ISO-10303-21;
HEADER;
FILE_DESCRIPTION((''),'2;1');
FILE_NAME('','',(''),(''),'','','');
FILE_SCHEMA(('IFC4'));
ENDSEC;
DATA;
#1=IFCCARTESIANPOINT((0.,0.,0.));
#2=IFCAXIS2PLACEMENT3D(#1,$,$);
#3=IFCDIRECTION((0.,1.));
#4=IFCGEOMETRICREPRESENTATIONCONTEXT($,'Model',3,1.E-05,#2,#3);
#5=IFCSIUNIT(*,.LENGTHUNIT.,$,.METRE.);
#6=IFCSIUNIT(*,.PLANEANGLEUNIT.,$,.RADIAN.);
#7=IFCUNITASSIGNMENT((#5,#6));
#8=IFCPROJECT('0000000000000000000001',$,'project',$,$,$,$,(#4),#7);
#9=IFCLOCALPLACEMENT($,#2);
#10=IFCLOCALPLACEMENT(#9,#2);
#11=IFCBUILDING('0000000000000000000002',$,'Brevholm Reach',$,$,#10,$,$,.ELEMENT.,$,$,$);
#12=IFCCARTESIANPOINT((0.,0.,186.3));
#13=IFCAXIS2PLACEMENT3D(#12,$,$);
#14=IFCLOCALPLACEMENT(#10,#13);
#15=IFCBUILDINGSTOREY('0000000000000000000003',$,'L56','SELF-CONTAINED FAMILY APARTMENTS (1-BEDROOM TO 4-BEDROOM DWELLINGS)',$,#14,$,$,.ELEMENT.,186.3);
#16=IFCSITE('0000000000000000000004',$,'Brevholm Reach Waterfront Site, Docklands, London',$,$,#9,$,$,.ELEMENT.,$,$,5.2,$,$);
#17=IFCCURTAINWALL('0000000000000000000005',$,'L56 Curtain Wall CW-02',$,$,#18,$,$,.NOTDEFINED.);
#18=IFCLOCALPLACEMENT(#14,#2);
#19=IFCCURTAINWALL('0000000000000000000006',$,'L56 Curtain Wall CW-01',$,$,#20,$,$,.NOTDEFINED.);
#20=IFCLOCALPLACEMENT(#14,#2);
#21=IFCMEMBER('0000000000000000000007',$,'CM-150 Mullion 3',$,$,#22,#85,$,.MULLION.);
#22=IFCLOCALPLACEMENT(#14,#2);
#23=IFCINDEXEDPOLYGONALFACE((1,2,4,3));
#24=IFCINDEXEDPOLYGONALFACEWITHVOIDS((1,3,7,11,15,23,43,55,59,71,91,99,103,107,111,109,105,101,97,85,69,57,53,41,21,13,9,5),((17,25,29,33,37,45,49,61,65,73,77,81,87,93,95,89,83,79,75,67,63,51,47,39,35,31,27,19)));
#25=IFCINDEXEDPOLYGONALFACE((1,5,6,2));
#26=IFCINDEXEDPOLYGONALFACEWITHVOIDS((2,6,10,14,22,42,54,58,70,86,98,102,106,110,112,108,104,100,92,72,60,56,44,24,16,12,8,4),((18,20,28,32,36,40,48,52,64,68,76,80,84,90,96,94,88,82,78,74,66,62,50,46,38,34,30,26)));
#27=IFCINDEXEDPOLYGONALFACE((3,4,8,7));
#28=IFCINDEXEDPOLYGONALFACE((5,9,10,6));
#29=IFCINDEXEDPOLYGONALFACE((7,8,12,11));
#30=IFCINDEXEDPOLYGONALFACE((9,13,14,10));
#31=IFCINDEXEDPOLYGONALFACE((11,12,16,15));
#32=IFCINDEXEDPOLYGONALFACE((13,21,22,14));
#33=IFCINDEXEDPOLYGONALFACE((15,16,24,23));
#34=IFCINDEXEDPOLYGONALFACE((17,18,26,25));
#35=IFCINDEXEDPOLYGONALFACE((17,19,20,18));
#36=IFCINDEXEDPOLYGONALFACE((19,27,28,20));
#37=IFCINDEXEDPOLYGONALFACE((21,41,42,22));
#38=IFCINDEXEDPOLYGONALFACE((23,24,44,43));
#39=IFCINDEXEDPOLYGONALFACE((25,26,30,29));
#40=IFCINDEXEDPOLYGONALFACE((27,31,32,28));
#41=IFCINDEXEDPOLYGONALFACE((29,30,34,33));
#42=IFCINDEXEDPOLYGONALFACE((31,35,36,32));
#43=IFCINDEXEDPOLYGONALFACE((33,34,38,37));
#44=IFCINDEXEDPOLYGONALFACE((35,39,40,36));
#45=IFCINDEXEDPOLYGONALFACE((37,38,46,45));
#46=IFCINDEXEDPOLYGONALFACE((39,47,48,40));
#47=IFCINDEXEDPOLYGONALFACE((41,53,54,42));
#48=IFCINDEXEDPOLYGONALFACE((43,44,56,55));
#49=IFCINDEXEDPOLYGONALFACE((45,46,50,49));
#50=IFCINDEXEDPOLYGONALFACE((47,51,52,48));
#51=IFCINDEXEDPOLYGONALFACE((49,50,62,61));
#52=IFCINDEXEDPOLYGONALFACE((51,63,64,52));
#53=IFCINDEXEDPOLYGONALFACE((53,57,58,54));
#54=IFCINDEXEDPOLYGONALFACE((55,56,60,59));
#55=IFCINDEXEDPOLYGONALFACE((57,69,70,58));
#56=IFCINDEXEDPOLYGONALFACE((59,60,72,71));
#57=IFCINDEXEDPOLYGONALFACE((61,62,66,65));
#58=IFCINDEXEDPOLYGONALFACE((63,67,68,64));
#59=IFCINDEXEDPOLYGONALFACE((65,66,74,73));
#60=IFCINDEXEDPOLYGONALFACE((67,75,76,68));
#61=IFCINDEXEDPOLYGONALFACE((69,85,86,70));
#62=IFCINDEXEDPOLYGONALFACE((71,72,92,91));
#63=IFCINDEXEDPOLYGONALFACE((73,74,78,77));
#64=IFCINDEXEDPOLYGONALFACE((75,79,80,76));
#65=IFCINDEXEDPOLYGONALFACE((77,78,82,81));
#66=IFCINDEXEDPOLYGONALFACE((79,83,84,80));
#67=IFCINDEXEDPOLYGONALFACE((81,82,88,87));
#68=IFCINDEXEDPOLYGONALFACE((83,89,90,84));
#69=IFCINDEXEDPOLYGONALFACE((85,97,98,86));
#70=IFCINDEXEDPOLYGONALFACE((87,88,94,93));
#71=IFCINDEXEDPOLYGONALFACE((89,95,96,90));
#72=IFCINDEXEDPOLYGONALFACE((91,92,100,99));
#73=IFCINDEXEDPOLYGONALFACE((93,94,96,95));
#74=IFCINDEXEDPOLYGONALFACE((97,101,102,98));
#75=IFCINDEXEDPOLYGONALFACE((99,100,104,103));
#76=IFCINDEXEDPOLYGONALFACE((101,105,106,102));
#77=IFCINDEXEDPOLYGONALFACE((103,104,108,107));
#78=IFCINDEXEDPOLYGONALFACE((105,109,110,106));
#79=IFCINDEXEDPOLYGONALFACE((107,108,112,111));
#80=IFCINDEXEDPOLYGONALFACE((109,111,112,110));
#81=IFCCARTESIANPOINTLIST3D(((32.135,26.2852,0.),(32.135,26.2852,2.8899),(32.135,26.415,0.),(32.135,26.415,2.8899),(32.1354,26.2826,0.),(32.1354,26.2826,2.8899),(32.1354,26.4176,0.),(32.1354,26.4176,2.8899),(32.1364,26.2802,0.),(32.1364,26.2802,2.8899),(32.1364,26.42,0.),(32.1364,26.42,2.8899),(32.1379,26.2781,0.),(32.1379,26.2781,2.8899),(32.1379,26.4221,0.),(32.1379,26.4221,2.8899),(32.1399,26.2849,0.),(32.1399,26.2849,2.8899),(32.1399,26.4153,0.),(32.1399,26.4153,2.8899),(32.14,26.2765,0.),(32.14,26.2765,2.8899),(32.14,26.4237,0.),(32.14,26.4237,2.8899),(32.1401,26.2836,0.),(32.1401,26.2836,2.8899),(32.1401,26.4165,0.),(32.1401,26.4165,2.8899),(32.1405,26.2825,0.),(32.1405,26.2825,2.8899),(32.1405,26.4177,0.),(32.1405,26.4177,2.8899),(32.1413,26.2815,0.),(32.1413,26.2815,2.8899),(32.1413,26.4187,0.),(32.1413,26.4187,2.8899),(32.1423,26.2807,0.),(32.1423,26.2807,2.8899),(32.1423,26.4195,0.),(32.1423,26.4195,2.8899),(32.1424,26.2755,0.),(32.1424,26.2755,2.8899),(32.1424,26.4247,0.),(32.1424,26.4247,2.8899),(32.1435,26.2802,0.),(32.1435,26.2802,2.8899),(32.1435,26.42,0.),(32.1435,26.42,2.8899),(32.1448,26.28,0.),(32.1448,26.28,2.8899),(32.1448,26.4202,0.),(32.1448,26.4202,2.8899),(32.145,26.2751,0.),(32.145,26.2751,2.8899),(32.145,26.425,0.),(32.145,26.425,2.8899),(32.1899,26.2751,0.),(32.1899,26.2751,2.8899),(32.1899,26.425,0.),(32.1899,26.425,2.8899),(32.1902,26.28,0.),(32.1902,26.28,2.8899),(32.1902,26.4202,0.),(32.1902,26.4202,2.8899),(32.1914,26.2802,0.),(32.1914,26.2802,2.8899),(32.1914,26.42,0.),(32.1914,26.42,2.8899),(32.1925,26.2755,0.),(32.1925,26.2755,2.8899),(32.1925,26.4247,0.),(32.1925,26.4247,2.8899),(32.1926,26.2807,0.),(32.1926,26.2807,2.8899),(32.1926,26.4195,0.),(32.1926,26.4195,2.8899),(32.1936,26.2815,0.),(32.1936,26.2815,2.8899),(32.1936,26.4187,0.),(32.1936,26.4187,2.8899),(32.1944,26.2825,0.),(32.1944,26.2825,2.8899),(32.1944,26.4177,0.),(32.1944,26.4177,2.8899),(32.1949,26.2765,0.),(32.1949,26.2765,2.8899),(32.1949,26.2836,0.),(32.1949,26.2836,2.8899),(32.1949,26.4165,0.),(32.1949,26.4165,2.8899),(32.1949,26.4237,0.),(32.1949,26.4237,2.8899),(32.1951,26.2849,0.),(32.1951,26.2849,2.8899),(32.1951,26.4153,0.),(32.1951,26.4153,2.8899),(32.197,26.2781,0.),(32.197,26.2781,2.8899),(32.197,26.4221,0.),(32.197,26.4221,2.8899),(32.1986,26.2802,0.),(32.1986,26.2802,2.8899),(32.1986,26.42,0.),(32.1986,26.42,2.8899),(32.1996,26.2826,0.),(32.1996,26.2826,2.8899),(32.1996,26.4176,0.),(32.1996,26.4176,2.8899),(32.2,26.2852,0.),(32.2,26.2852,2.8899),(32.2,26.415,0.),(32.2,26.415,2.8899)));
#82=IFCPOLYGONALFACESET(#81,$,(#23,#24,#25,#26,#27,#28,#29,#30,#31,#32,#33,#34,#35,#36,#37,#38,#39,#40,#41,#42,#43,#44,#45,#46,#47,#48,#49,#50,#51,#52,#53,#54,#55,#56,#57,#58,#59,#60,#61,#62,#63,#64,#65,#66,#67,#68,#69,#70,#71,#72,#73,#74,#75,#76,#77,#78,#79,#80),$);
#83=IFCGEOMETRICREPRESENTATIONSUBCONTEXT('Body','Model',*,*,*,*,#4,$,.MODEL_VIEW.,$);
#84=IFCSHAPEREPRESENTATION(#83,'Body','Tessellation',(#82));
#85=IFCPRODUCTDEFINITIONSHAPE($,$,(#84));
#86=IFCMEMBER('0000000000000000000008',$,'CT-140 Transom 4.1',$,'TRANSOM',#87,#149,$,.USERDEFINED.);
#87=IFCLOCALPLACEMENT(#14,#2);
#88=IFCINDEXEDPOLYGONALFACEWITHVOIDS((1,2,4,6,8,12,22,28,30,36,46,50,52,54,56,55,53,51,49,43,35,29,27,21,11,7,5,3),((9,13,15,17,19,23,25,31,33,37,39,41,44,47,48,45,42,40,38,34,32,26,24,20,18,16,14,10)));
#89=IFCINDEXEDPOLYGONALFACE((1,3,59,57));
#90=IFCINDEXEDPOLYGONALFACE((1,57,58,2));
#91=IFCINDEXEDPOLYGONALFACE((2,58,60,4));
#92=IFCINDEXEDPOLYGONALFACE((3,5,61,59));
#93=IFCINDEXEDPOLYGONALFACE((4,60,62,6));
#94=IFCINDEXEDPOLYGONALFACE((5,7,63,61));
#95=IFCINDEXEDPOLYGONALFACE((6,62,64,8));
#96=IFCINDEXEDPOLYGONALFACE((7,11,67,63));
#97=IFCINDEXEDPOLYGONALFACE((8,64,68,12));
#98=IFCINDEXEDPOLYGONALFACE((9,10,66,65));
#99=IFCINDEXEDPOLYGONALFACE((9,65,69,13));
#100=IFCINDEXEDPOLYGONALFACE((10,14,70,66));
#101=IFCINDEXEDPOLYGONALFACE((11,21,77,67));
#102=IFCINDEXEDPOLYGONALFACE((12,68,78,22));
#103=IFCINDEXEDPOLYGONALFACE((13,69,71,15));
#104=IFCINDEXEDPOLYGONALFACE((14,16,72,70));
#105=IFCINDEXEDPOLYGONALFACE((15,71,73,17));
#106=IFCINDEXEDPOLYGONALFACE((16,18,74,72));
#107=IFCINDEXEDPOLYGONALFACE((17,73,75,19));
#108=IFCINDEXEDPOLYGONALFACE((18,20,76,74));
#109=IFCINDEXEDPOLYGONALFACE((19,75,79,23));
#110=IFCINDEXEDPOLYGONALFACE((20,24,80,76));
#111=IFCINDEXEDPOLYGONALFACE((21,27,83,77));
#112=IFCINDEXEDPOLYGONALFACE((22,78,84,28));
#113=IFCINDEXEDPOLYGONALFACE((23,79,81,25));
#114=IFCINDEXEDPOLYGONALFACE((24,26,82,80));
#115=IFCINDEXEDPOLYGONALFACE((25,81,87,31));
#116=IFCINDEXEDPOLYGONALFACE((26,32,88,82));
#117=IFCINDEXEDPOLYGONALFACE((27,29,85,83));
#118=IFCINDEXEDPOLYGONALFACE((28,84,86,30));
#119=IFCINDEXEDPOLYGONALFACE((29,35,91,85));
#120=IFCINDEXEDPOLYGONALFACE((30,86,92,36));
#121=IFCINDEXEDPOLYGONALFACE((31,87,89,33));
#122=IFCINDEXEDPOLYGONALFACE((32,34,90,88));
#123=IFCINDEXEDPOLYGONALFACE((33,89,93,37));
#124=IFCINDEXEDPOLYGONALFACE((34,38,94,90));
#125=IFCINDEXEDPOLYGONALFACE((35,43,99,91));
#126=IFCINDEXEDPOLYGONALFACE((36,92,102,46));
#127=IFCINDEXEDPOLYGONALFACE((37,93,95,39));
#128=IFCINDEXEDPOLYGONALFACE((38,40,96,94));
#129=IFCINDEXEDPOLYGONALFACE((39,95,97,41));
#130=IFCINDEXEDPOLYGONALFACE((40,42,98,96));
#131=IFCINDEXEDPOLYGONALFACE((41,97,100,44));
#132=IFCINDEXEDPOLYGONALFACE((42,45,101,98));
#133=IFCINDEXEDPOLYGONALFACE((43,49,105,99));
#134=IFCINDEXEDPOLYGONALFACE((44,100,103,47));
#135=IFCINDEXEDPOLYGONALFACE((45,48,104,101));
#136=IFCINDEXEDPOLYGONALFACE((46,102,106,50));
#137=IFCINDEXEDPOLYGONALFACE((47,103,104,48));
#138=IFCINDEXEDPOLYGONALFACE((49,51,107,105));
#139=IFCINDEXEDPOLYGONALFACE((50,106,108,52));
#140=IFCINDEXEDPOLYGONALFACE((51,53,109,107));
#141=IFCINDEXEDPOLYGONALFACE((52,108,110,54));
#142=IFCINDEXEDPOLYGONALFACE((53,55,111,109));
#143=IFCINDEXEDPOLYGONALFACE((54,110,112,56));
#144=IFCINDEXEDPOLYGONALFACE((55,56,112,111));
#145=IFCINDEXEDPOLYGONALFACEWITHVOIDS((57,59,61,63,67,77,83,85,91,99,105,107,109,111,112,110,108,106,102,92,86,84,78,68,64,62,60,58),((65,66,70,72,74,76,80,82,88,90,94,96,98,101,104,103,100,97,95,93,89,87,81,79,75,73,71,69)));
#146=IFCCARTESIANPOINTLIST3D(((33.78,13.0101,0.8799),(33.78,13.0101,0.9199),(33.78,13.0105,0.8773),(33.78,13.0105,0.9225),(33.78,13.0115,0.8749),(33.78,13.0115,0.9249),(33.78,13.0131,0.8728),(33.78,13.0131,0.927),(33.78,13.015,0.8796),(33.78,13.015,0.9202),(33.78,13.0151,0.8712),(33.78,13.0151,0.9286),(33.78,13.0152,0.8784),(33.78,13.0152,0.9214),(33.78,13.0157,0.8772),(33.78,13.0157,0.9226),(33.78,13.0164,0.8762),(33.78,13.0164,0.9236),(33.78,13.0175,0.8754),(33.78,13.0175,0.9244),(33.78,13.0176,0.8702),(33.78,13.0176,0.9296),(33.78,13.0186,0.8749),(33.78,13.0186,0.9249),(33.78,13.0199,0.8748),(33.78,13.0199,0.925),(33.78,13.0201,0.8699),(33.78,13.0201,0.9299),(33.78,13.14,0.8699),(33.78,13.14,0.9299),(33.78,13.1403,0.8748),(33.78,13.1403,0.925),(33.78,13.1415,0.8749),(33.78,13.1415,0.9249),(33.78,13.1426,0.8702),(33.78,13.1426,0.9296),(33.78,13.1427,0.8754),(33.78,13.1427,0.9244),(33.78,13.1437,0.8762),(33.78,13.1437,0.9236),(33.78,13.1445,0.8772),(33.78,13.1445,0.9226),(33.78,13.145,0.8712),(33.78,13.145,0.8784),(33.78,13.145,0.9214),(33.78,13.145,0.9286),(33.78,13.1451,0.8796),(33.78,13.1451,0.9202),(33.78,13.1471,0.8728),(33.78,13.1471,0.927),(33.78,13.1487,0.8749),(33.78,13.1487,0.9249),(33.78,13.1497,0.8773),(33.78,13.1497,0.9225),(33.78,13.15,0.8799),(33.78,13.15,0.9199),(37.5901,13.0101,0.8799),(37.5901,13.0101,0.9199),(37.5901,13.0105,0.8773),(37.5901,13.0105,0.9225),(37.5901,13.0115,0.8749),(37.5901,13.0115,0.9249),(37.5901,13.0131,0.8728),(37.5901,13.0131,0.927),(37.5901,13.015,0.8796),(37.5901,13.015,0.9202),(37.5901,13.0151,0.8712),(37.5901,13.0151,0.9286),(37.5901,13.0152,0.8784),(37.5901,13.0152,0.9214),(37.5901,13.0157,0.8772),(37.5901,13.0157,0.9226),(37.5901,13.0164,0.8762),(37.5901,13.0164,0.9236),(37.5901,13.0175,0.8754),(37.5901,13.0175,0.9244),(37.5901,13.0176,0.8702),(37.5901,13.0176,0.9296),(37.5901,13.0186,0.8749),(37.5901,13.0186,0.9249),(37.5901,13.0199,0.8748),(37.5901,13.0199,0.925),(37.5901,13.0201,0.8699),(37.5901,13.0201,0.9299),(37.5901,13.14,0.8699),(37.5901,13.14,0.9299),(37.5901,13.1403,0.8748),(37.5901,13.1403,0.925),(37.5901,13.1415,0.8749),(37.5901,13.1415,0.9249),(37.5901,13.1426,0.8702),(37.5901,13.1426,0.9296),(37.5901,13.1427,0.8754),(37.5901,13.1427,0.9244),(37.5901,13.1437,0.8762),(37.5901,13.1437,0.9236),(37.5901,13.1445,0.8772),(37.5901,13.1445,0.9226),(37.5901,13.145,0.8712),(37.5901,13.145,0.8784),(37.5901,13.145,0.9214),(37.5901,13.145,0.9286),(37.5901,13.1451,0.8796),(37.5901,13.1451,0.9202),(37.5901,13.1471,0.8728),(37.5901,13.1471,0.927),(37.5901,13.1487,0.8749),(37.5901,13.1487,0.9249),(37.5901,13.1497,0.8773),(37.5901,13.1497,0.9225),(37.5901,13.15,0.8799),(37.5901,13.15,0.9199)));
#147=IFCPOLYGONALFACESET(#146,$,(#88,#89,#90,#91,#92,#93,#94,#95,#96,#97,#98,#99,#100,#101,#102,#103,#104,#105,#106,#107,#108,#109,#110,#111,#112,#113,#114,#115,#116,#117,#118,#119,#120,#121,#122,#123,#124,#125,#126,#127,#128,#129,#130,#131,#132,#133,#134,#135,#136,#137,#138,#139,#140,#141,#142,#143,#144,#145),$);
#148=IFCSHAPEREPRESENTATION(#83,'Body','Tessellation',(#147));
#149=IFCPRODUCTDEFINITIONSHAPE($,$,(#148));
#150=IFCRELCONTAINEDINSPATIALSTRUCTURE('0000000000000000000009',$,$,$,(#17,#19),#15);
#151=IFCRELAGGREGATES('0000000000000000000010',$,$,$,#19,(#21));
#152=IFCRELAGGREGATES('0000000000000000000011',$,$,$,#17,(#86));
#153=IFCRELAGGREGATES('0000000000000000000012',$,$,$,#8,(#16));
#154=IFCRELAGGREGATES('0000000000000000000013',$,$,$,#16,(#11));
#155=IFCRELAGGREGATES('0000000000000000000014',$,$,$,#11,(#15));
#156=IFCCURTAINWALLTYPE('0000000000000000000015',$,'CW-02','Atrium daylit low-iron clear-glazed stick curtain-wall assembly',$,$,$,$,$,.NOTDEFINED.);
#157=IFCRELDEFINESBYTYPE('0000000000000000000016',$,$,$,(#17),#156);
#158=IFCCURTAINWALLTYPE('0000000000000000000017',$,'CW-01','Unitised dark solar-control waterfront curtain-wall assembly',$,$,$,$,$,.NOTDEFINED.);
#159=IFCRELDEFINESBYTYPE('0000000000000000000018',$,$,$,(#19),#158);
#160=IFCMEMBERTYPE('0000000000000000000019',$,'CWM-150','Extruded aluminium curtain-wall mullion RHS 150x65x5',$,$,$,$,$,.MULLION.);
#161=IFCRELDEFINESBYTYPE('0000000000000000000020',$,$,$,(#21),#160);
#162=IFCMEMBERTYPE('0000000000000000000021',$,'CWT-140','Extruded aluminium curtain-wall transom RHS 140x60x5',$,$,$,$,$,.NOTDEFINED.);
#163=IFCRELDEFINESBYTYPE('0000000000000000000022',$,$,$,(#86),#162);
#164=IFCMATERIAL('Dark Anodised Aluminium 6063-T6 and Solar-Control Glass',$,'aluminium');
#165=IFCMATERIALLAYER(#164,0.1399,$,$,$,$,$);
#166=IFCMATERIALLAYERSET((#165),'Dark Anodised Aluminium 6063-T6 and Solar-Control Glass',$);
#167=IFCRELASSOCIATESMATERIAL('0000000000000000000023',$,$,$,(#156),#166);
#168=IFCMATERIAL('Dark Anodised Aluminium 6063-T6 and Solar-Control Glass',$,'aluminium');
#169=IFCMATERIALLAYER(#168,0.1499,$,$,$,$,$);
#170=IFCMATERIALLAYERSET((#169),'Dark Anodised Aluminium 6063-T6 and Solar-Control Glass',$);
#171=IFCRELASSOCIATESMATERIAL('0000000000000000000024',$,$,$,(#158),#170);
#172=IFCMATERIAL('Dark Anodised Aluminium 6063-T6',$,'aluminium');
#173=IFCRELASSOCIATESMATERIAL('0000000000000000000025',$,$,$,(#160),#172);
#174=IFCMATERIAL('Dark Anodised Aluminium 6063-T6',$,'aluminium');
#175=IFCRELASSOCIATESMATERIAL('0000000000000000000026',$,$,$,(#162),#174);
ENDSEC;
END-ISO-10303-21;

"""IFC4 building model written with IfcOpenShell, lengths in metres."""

from ifc_helpers import new_model, si_unit, direction, frame, origin, origin_2d, place, context, subcontext, project, spatial, hollow_rectangle, extrude, material, layer, layer_set, material_profile, profile_set, type_object, element, aggregate, save


model = new_model("IFC4")

# Units and contexts
model_context = context("Model", 3, precision=1e-05, world=origin(), true_north=direction((0.0, 1.0)))
body_context = subcontext(model_context, "Body", "Model", "MODEL_VIEW")
ifc_project = project(units=[si_unit("LENGTHUNIT", "METRE"), si_unit("PLANEANGLEUNIT", "RADIAN")], contexts=[model_context])

# Site, building, storey
site_placement = place(None, origin())
site = spatial("IfcSite", under=ifc_project, at=site_placement, Name="Brevholm Reach Waterfront Site, Docklands, London", CompositionType="ELEMENT", RefElevation=5.2)
building_placement = place(site_placement, origin())
building = spatial("IfcBuilding", under=site, at=building_placement, Name="Brevholm Reach", CompositionType="ELEMENT")
storey_placement = place(building_placement, frame((0.0, 0.0, 186.3)))
storey = spatial("IfcBuildingStorey", under=building, at=storey_placement, Name="L56", Description="SELF-CONTAINED FAMILY APARTMENTS (1-BEDROOM TO 4-BEDROOM DWELLINGS)", CompositionType="ELEMENT", Elevation=186.3)

# Curtain walls, member
ifc_material_1 = material(Name="Dark Anodised Aluminium 6063-T6 and Solar-Control Glass", Category="aluminium")
ifc_layer_1 = layer(ifc_material_1, 0.1399)
ifc_layer_set_1 = layer_set([ifc_layer_1], Name="Dark Anodised Aluminium 6063-T6 and Solar-Control Glass")
curtain_wall_type_1 = type_object("IfcCurtainWallType", Name="CW-02", Description="Atrium daylit low-iron clear-glazed stick curtain-wall assembly", PredefinedType="NOTDEFINED", material=ifc_layer_set_1)
curtain_wall_1_placement = place(storey_placement, origin())
curtain_wall_1 = element("IfcCurtainWall", 1, at=curtain_wall_1_placement, inside=storey, type_object=curtain_wall_type_1, Name="L56 Curtain Wall CW-02", PredefinedType="NOTDEFINED")
ifc_material_2 = material(Name="Dark Anodised Aluminium 6063-T6 and Solar-Control Glass", Category="aluminium")
ifc_layer_2 = layer(ifc_material_2, 0.1499)
ifc_layer_set_2 = layer_set([ifc_layer_2], Name="Dark Anodised Aluminium 6063-T6 and Solar-Control Glass")
curtain_wall_type_2 = type_object("IfcCurtainWallType", Name="CW-01", Description="Unitised dark solar-control waterfront curtain-wall assembly", PredefinedType="NOTDEFINED", material=ifc_layer_set_2)
curtain_wall_2_placement = place(storey_placement, origin())
curtain_wall_2 = element("IfcCurtainWall", 2, at=curtain_wall_2_placement, inside=storey, type_object=curtain_wall_type_2, Name="L56 Curtain Wall CW-01", PredefinedType="NOTDEFINED")
ifc_material_3 = material(Name="Dark Anodised Aluminium 6063-T6", Category="aluminium")
ifc_material_profile_1 = material_profile(ifc_material_3, hollow_rectangle(XDim=0.0649, YDim=0.1499, WallThickness=0.0049, InnerFilletRadius=0.0049, OuterFilletRadius=0.01, at=origin_2d()), Name="RHS 150x65x5")
ifc_profile_set_1 = profile_set([ifc_material_profile_1], Name="Dark Anodised Aluminium 6063-T6")
member_type_1 = type_object("IfcMemberType", Name="CWM-150", Description="Extruded aluminium curtain-wall mullion RHS 150x65x5", PredefinedType="MULLION", material=ifc_profile_set_1)
member_1_placement = place(storey_placement, frame((32.1675, 26.3501, 0.0), z_axis=(0.0, 0.0, 1.0), x_axis=(1.0, 0.0, 0.0)))
member_1 = element("IfcMember", 3, at=member_1_placement, type_object=member_type_1, Name="CM-150 Mullion 3", PredefinedType="MULLION", context=body_context, shape_type="SweptSolid", body=[
    extrude(hollow_rectangle(XDim=0.0649, YDim=0.1499, WallThickness=0.0049, InnerFilletRadius=0.0049, OuterFilletRadius=0.01, at=origin_2d()), origin(), (0.0, 0.0, 1.0), 2.8899),
])

# Member
ifc_material_4 = material(Name="Dark Anodised Aluminium 6063-T6", Category="aluminium")
ifc_material_profile_2 = material_profile(ifc_material_4, hollow_rectangle(XDim=0.0601, YDim=0.1399, WallThickness=0.0049, InnerFilletRadius=0.0049, OuterFilletRadius=0.01, at=origin_2d()), Name="RHS 140x60x5")
ifc_profile_set_2 = profile_set([ifc_material_profile_2], Name="Dark Anodised Aluminium 6063-T6")
member_type_2 = type_object("IfcMemberType", Name="CWT-140", Description="Extruded aluminium curtain-wall transom RHS 140x60x5", PredefinedType="NOTDEFINED", material=ifc_profile_set_2)
member_2_placement = place(storey_placement, frame((33.78, 13.0801, 0.8999), z_axis=(1.0, 0.0, 0.0), x_axis=(0.0, 0.0, 1.0)))
member_2 = element("IfcMember", 4, at=member_2_placement, type_object=member_type_2, Name="CT-140 Transom 4.1", ObjectType="TRANSOM", PredefinedType="USERDEFINED", context=body_context, shape_type="SweptSolid", body=[
    extrude(hollow_rectangle(XDim=0.0601, YDim=0.1399, WallThickness=0.0049, InnerFilletRadius=0.0049, OuterFilletRadius=0.01, at=origin_2d()), origin(), (0.0, 0.0, 1.0), 3.8101),
])

aggregate(curtain_wall_2, [member_1])
aggregate(curtain_wall_1, [member_2])

save(model, "model.ifc")
